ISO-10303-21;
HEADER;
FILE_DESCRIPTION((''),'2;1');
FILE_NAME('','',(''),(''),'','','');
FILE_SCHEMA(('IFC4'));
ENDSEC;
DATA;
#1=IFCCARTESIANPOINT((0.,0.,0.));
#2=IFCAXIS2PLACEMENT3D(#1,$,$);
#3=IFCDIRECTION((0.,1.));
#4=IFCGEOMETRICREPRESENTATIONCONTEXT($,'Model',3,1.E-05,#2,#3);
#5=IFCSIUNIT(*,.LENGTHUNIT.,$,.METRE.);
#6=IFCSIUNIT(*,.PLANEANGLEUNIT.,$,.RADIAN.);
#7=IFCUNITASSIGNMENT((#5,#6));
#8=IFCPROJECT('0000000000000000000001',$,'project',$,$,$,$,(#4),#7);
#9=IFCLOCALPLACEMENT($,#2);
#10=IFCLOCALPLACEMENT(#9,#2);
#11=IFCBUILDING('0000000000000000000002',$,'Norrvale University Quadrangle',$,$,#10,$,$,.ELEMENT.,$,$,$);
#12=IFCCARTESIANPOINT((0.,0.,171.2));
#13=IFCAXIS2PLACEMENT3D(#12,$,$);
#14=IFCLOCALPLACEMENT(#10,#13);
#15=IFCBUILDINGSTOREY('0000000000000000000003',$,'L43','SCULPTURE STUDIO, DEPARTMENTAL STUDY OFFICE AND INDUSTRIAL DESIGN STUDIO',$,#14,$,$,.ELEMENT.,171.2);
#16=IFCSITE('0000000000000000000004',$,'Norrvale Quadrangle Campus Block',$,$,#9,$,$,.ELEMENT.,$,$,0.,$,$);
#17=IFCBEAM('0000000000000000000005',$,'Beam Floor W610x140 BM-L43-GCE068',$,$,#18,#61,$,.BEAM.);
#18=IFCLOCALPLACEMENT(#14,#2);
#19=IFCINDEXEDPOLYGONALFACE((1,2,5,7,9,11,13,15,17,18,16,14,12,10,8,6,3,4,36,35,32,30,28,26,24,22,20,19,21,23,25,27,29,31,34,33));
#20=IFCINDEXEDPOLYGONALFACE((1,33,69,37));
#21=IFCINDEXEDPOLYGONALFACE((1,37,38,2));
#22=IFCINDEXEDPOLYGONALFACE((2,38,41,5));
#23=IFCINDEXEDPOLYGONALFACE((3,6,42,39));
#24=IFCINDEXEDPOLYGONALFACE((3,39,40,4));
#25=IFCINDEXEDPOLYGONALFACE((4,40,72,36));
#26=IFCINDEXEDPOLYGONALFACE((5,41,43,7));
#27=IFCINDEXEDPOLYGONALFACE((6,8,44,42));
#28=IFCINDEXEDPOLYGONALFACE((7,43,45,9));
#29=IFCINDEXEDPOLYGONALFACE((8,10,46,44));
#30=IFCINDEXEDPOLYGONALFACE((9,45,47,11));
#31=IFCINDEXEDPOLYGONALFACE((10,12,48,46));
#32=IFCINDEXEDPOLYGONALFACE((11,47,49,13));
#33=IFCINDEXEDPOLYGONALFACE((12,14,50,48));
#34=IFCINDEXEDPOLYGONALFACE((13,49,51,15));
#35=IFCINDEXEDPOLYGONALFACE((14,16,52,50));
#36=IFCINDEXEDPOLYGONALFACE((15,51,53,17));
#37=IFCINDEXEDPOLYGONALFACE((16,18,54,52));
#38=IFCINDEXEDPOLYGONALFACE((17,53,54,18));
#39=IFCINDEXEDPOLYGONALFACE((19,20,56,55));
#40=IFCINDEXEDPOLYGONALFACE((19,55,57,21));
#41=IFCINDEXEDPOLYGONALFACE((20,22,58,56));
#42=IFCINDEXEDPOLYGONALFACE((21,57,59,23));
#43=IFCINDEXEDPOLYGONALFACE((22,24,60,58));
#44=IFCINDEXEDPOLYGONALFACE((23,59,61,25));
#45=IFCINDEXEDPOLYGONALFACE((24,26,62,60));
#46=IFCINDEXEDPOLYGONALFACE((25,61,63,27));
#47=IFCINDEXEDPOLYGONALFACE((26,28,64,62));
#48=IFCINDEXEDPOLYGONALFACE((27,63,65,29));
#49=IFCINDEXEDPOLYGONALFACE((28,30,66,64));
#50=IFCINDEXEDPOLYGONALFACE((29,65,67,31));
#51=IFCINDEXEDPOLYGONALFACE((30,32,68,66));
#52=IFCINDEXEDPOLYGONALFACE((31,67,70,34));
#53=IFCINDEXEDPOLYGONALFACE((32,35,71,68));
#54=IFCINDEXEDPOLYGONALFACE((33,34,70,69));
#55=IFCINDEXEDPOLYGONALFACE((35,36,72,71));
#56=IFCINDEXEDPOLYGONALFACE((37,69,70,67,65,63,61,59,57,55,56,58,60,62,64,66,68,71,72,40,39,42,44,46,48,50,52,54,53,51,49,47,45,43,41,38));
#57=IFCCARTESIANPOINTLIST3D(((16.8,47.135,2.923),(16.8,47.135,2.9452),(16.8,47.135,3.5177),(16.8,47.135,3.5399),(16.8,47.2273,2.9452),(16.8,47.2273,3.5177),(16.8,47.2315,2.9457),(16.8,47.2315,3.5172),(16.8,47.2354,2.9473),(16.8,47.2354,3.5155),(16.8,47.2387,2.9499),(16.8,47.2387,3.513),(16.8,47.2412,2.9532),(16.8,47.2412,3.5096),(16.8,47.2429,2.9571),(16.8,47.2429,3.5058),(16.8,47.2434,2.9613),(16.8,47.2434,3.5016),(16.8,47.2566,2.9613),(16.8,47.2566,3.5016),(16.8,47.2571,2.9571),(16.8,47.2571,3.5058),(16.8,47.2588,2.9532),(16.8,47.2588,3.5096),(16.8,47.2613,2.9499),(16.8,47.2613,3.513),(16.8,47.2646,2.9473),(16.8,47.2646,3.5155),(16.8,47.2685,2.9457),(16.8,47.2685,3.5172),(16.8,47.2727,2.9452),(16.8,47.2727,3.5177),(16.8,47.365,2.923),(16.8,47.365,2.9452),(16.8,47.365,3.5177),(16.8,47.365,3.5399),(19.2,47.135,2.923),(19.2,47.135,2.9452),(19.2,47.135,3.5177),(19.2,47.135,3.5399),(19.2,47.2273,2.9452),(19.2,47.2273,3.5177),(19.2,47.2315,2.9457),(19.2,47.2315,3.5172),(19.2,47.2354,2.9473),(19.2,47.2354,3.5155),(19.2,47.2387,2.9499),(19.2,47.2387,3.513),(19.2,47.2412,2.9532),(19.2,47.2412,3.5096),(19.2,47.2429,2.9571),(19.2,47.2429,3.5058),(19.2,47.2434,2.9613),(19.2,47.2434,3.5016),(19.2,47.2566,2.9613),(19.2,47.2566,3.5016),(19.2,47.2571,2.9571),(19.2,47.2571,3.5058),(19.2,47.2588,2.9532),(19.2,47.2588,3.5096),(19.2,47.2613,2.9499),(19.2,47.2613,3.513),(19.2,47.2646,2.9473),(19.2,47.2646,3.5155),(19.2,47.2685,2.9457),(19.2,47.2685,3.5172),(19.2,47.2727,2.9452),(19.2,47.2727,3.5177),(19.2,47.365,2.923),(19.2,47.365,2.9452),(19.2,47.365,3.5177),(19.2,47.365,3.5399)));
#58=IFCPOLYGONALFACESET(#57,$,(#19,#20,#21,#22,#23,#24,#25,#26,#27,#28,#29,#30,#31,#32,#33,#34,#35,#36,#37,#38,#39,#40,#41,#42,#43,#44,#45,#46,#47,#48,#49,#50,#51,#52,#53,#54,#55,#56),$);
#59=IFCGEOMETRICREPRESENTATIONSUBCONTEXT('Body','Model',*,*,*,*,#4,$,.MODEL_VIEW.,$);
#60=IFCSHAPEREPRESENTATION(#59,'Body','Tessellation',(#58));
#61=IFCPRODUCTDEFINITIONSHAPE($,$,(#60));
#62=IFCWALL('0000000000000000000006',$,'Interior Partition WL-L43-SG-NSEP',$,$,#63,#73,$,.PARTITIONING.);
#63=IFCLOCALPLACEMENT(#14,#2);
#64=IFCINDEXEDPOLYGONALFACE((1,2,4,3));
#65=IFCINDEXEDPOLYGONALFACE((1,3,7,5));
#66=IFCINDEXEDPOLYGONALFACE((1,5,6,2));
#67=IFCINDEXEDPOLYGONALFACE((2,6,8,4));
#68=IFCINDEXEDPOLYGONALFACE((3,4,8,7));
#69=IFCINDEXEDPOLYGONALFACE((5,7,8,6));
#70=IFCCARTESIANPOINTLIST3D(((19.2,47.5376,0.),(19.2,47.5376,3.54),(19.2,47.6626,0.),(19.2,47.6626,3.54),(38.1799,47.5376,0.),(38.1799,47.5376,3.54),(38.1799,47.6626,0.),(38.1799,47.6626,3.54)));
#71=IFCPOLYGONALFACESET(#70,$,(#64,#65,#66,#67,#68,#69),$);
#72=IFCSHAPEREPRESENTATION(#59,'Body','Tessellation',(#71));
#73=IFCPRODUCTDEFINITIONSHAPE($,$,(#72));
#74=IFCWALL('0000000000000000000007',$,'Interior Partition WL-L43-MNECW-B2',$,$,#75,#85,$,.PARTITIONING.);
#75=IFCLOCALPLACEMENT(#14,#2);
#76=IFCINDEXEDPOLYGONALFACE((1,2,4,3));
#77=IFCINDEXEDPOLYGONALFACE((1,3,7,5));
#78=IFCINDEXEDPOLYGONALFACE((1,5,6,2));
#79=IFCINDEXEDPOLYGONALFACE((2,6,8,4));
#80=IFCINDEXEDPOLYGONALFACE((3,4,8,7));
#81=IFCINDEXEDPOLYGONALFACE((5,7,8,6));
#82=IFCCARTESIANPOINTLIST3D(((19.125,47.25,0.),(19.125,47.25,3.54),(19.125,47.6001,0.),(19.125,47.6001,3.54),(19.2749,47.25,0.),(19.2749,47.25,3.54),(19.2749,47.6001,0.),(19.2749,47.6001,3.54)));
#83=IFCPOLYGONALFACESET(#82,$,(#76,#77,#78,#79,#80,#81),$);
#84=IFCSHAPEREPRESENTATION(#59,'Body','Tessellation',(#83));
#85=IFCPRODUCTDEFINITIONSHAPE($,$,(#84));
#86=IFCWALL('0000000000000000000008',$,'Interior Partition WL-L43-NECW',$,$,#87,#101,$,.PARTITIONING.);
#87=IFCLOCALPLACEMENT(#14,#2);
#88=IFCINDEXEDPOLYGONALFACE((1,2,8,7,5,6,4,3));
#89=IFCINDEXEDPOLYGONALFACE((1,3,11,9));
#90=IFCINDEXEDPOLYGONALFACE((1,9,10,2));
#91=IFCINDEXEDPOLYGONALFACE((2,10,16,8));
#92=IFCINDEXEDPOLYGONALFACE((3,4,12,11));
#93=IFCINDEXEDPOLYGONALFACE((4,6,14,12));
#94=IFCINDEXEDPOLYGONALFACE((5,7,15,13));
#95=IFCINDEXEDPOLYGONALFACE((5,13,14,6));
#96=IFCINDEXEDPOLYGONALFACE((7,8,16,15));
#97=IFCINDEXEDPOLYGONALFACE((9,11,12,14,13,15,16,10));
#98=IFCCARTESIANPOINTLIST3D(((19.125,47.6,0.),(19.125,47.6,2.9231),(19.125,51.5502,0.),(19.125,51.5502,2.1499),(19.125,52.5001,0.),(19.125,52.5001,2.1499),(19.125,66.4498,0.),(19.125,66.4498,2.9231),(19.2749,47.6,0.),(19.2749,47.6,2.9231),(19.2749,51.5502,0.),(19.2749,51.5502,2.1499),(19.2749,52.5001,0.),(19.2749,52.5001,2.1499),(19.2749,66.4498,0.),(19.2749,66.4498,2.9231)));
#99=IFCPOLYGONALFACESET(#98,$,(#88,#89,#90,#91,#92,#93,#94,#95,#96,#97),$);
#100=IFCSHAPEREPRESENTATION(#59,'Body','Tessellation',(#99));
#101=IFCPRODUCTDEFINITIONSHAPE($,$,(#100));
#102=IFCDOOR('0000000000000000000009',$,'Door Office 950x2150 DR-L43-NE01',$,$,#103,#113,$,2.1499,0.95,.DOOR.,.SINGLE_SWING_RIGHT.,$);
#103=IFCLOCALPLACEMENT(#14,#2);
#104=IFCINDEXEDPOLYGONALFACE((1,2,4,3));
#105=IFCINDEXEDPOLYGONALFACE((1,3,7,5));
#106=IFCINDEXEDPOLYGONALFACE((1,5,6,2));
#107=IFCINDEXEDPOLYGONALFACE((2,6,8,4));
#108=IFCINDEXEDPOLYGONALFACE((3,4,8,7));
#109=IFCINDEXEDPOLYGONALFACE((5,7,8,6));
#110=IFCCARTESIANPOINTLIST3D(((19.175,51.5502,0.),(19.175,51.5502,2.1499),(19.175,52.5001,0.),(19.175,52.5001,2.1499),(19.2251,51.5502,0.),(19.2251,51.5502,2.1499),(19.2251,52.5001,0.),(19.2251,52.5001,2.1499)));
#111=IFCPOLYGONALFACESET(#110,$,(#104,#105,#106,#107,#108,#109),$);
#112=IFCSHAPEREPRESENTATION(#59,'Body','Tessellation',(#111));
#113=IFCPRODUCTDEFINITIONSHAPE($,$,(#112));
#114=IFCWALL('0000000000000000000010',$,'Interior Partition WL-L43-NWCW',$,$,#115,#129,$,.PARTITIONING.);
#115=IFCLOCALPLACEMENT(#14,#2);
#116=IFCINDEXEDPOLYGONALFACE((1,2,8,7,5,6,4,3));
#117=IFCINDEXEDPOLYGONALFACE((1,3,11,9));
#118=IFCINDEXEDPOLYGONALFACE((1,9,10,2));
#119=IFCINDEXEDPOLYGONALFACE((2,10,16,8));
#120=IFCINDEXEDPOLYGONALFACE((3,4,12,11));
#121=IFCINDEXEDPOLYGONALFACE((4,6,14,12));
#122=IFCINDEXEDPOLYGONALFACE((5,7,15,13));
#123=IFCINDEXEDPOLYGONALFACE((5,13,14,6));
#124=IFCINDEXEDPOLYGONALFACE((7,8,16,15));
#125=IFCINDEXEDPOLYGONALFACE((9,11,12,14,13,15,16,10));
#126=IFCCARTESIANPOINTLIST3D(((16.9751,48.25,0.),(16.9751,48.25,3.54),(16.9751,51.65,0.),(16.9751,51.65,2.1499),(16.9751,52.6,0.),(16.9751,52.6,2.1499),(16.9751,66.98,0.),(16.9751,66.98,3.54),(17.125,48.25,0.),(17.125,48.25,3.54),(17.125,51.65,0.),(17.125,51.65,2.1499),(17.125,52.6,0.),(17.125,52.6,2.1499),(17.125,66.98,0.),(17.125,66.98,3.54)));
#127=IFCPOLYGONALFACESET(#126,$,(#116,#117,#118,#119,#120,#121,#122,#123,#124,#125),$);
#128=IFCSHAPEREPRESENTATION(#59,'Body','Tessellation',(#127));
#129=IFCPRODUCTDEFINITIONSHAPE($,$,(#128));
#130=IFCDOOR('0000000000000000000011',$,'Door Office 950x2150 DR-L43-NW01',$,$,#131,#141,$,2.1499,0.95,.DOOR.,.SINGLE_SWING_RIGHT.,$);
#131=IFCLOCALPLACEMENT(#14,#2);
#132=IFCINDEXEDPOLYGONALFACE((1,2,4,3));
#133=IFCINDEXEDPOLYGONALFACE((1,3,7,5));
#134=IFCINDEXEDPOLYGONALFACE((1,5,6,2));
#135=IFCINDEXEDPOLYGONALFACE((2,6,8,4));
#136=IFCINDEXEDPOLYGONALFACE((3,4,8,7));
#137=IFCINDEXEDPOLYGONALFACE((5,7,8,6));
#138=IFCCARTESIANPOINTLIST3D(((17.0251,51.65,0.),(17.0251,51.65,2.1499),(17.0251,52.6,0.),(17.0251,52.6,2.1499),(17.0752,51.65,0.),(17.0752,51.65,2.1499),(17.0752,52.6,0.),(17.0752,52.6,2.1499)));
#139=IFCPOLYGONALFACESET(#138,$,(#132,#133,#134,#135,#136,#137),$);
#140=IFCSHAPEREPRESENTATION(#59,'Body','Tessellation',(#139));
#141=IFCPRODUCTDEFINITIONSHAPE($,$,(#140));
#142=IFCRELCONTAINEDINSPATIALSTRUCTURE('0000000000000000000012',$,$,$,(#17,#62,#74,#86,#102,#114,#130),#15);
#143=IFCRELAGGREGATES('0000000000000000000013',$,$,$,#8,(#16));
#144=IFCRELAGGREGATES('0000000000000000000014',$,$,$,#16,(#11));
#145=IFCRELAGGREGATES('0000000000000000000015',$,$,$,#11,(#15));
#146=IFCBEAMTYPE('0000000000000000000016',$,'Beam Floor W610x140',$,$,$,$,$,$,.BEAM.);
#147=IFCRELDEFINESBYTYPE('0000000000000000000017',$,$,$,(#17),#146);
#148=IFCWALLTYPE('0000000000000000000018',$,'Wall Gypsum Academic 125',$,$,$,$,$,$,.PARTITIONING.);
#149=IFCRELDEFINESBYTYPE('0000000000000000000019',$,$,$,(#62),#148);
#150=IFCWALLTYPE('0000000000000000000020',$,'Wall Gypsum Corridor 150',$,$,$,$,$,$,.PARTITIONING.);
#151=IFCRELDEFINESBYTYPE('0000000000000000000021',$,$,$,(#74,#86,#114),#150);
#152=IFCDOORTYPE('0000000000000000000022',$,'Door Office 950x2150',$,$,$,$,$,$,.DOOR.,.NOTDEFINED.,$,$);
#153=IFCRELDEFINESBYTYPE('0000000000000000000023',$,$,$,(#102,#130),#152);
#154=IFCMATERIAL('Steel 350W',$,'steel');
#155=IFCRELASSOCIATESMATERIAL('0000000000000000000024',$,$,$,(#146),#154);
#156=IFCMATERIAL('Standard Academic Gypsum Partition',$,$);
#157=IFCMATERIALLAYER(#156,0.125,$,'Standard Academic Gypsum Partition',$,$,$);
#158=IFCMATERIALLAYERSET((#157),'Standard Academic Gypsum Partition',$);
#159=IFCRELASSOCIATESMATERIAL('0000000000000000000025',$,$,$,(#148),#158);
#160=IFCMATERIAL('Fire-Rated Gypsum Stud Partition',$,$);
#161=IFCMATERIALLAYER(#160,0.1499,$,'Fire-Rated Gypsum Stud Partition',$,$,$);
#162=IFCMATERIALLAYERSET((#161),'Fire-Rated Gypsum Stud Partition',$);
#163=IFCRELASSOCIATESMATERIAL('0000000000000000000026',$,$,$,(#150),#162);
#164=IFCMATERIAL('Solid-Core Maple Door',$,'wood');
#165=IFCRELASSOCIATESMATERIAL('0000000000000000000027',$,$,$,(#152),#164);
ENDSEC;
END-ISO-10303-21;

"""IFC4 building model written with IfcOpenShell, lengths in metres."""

from ifc_helpers import new_model, si_unit, direction, frame, frame_2d, origin, origin_2d, place, context, subcontext, project, spatial, rectangle, i_section, extrude, material, layer, layer_set, material_profile, profile_set, type_object, element, fill, save


model = new_model("IFC4")

# Units and contexts
model_context = context("Model", 3, precision=1e-05, world=origin(), true_north=direction((0.0, 1.0)))
body_context = subcontext(model_context, "Body", "Model", "MODEL_VIEW")
ifc_project = project(units=[si_unit("LENGTHUNIT", "METRE"), si_unit("PLANEANGLEUNIT", "RADIAN")], contexts=[model_context])

# Site, building, storey
site_placement = place(None, origin())
site = spatial("IfcSite", under=ifc_project, at=site_placement, Name="Norrvale Quadrangle Campus Block", CompositionType="ELEMENT", RefElevation=0.0)
building_placement = place(site_placement, origin())
building = spatial("IfcBuilding", under=site, at=building_placement, Name="Norrvale University Quadrangle", CompositionType="ELEMENT")
storey_placement = place(building_placement, frame((0.0, 0.0, 171.2)))
storey = spatial("IfcBuildingStorey", under=building, at=storey_placement, Name="L43", Description="SCULPTURE STUDIO, DEPARTMENTAL STUDY OFFICE AND INDUSTRIAL DESIGN STUDIO", CompositionType="ELEMENT", Elevation=171.2)

# Beam
ifc_material_1 = material(Name="Steel 350W", Category="steel")
ifc_material_profile_1 = material_profile(ifc_material_1, i_section(OverallWidth=0.23, OverallDepth=0.6169, WebThickness=0.0132, FlangeThickness=0.0222, FilletRadius=0.0161, at=origin_2d()), Name="Steel 350W")
ifc_profile_set_1 = profile_set([ifc_material_profile_1], Name="Steel 350W")
beam_type_1 = type_object("IfcBeamType", Name="Beam Floor W610x140", PredefinedType="BEAM", material=ifc_profile_set_1)
beam_1_placement = place(storey_placement, frame((16.8, 47.25, 3.2314), z_axis=(1.0, 0.0, 0.0), x_axis=(0.0, 1.0, 0.0)))
element("IfcBeam", 1, at=beam_1_placement, inside=storey, type_object=beam_type_1, Name="Beam Floor W610x140 BM-L43-GCE068", PredefinedType="BEAM", context=body_context, shape_type="SweptSolid", body=[
    extrude(i_section(OverallWidth=0.23, OverallDepth=0.6169, WebThickness=0.0132, FlangeThickness=0.0222, FilletRadius=0.0161, at=origin_2d()), origin(), (0.0, 0.0, 1.0), 2.3999),
])

# Walls
ifc_material_2 = material(Name="Standard Academic Gypsum Partition")
ifc_layer_1 = layer(ifc_material_2, 0.125, Name="Standard Academic Gypsum Partition")
ifc_layer_set_1 = layer_set([ifc_layer_1], Name="Standard Academic Gypsum Partition")
wall_type_1 = type_object("IfcWallType", Name="Wall Gypsum Academic 125", PredefinedType="PARTITIONING", material=ifc_layer_set_1)
wall_1_placement = place(storey_placement, frame((19.2, 47.6001, 0.0), z_axis=(0.0, 0.0, 1.0), x_axis=(1.0, 0.0, 0.0)))
element("IfcWall", 2, at=wall_1_placement, inside=storey, type_object=wall_type_1, Name="Interior Partition WL-L43-SG-NSEP", PredefinedType="PARTITIONING", context=body_context, shape_type="SweptSolid", body=[
    extrude(rectangle(XDim=18.98, YDim=0.125, at=frame_2d((9.49, 0.0))), origin(), (0.0, 0.0, 1.0), 3.54),
])
ifc_material_3 = material(Name="Fire-Rated Gypsum Stud Partition")
ifc_layer_2 = layer(ifc_material_3, 0.1499, Name="Fire-Rated Gypsum Stud Partition")
ifc_layer_set_2 = layer_set([ifc_layer_2], Name="Fire-Rated Gypsum Stud Partition")
wall_type_2 = type_object("IfcWallType", Name="Wall Gypsum Corridor 150", PredefinedType="PARTITIONING", material=ifc_layer_set_2)
wall_2_placement = place(storey_placement, frame((19.2, 47.25, 0.0), z_axis=(0.0, 0.0, 1.0), x_axis=(0.0, 1.0, 0.0)))
element("IfcWall", 3, at=wall_2_placement, inside=storey, type_object=wall_type_2, Name="Interior Partition WL-L43-MNECW-B2", PredefinedType="PARTITIONING", context=body_context, shape_type="SweptSolid", body=[
    extrude(rectangle(XDim=0.3501, YDim=0.1499, at=frame_2d((0.175, 0.0))), origin(), (0.0, 0.0, 1.0), 3.54),
])

# Walls, openings, doors
wall_3_placement = place(storey_placement, frame((19.2, 47.6001, 0.0), z_axis=(0.0, 0.0, 1.0), x_axis=(0.0, 1.0, 0.0)))
wall_3 = element("IfcWall", 4, at=wall_3_placement, inside=storey, type_object=wall_type_2, Name="Interior Partition WL-L43-NECW", PredefinedType="PARTITIONING", context=body_context, shape_type="SweptSolid", body=[
    extrude(rectangle(XDim=18.8499, YDim=0.1499, at=frame_2d((9.4248, 0.0))), origin(), (0.0, 0.0, 1.0), 2.9231),
])
opening_1_placement = place(wall_3_placement, frame((3.95, 0.0, 0.0)))
opening_1 = element("IfcOpeningElement", 5, at=opening_1_placement, cuts=wall_3, PredefinedType="OPENING", context=body_context, shape_type="SweptSolid", body=[
    extrude(rectangle(XDim=0.95, YDim=2.1499, at=frame_2d((0.4751, 1.075))), frame((0.0, 0.0869, 0.0), z_axis=(0.0, -1.0, 0.0), x_axis=(1.0, 0.0, 0.0)), (0.0, 0.0, 1.0), 0.1738),
])
ifc_material_4 = material(Name="Solid-Core Maple Door", Category="wood")
door_type = type_object("IfcDoorType", Name="Door Office 950x2150", OperationType="NOTDEFINED", PredefinedType="DOOR", material=ifc_material_4)
door_1_placement = place(opening_1_placement, origin())
door_1 = element("IfcDoor", 6, at=door_1_placement, inside=storey, type_object=door_type, Name="Door Office 950x2150 DR-L43-NE01", OperationType="SINGLE_SWING_RIGHT", OverallHeight=2.1499, OverallWidth=0.95, PredefinedType="DOOR", context=body_context, shape_type="SweptSolid", body=[
    extrude(rectangle(XDim=0.95, YDim=2.1499, at=frame_2d((0.4751, 1.075))), frame((0.0, 0.0249, 0.0), z_axis=(0.0, -1.0, 0.0), x_axis=(1.0, 0.0, 0.0)), (0.0, 0.0, 1.0), 0.05),
])
fill(opening_1, door_1)
wall_4_placement = place(storey_placement, frame((17.05, 48.25, 0.0), z_axis=(0.0, 0.0, 1.0), x_axis=(0.0, 1.0, 0.0)))
wall_4 = element("IfcWall", 7, at=wall_4_placement, inside=storey, type_object=wall_type_2, Name="Interior Partition WL-L43-NWCW", PredefinedType="PARTITIONING", context=body_context, shape_type="SweptSolid", body=[
    extrude(rectangle(XDim=18.73, YDim=0.1499, at=frame_2d((9.365, 0.0))), origin(), (0.0, 0.0, 1.0), 3.54),
])
opening_2_placement = place(wall_4_placement, frame((3.3999, 0.0, 0.0)))
opening_2 = element("IfcOpeningElement", 8, at=opening_2_placement, cuts=wall_4, PredefinedType="OPENING", context=body_context, shape_type="SweptSolid", body=[
    extrude(rectangle(XDim=0.95, YDim=2.1499, at=frame_2d((0.4751, 1.075))), frame((0.0, 0.0869, 0.0), z_axis=(0.0, -1.0, 0.0), x_axis=(1.0, 0.0, 0.0)), (0.0, 0.0, 1.0), 0.1738),
])
door_2_placement = place(opening_2_placement, origin())
door_2 = element("IfcDoor", 9, at=door_2_placement, inside=storey, type_object=door_type, Name="Door Office 950x2150 DR-L43-NW01", OperationType="SINGLE_SWING_RIGHT", OverallHeight=2.1499, OverallWidth=0.95, PredefinedType="DOOR", context=body_context, shape_type="SweptSolid", body=[
    extrude(rectangle(XDim=0.95, YDim=2.1499, at=frame_2d((0.4751, 1.075))), frame((0.0, 0.0249, 0.0), z_axis=(0.0, -1.0, 0.0), x_axis=(1.0, 0.0, 0.0)), (0.0, 0.0, 1.0), 0.05),
])
fill(opening_2, door_2)

save(model, "model.ifc")
